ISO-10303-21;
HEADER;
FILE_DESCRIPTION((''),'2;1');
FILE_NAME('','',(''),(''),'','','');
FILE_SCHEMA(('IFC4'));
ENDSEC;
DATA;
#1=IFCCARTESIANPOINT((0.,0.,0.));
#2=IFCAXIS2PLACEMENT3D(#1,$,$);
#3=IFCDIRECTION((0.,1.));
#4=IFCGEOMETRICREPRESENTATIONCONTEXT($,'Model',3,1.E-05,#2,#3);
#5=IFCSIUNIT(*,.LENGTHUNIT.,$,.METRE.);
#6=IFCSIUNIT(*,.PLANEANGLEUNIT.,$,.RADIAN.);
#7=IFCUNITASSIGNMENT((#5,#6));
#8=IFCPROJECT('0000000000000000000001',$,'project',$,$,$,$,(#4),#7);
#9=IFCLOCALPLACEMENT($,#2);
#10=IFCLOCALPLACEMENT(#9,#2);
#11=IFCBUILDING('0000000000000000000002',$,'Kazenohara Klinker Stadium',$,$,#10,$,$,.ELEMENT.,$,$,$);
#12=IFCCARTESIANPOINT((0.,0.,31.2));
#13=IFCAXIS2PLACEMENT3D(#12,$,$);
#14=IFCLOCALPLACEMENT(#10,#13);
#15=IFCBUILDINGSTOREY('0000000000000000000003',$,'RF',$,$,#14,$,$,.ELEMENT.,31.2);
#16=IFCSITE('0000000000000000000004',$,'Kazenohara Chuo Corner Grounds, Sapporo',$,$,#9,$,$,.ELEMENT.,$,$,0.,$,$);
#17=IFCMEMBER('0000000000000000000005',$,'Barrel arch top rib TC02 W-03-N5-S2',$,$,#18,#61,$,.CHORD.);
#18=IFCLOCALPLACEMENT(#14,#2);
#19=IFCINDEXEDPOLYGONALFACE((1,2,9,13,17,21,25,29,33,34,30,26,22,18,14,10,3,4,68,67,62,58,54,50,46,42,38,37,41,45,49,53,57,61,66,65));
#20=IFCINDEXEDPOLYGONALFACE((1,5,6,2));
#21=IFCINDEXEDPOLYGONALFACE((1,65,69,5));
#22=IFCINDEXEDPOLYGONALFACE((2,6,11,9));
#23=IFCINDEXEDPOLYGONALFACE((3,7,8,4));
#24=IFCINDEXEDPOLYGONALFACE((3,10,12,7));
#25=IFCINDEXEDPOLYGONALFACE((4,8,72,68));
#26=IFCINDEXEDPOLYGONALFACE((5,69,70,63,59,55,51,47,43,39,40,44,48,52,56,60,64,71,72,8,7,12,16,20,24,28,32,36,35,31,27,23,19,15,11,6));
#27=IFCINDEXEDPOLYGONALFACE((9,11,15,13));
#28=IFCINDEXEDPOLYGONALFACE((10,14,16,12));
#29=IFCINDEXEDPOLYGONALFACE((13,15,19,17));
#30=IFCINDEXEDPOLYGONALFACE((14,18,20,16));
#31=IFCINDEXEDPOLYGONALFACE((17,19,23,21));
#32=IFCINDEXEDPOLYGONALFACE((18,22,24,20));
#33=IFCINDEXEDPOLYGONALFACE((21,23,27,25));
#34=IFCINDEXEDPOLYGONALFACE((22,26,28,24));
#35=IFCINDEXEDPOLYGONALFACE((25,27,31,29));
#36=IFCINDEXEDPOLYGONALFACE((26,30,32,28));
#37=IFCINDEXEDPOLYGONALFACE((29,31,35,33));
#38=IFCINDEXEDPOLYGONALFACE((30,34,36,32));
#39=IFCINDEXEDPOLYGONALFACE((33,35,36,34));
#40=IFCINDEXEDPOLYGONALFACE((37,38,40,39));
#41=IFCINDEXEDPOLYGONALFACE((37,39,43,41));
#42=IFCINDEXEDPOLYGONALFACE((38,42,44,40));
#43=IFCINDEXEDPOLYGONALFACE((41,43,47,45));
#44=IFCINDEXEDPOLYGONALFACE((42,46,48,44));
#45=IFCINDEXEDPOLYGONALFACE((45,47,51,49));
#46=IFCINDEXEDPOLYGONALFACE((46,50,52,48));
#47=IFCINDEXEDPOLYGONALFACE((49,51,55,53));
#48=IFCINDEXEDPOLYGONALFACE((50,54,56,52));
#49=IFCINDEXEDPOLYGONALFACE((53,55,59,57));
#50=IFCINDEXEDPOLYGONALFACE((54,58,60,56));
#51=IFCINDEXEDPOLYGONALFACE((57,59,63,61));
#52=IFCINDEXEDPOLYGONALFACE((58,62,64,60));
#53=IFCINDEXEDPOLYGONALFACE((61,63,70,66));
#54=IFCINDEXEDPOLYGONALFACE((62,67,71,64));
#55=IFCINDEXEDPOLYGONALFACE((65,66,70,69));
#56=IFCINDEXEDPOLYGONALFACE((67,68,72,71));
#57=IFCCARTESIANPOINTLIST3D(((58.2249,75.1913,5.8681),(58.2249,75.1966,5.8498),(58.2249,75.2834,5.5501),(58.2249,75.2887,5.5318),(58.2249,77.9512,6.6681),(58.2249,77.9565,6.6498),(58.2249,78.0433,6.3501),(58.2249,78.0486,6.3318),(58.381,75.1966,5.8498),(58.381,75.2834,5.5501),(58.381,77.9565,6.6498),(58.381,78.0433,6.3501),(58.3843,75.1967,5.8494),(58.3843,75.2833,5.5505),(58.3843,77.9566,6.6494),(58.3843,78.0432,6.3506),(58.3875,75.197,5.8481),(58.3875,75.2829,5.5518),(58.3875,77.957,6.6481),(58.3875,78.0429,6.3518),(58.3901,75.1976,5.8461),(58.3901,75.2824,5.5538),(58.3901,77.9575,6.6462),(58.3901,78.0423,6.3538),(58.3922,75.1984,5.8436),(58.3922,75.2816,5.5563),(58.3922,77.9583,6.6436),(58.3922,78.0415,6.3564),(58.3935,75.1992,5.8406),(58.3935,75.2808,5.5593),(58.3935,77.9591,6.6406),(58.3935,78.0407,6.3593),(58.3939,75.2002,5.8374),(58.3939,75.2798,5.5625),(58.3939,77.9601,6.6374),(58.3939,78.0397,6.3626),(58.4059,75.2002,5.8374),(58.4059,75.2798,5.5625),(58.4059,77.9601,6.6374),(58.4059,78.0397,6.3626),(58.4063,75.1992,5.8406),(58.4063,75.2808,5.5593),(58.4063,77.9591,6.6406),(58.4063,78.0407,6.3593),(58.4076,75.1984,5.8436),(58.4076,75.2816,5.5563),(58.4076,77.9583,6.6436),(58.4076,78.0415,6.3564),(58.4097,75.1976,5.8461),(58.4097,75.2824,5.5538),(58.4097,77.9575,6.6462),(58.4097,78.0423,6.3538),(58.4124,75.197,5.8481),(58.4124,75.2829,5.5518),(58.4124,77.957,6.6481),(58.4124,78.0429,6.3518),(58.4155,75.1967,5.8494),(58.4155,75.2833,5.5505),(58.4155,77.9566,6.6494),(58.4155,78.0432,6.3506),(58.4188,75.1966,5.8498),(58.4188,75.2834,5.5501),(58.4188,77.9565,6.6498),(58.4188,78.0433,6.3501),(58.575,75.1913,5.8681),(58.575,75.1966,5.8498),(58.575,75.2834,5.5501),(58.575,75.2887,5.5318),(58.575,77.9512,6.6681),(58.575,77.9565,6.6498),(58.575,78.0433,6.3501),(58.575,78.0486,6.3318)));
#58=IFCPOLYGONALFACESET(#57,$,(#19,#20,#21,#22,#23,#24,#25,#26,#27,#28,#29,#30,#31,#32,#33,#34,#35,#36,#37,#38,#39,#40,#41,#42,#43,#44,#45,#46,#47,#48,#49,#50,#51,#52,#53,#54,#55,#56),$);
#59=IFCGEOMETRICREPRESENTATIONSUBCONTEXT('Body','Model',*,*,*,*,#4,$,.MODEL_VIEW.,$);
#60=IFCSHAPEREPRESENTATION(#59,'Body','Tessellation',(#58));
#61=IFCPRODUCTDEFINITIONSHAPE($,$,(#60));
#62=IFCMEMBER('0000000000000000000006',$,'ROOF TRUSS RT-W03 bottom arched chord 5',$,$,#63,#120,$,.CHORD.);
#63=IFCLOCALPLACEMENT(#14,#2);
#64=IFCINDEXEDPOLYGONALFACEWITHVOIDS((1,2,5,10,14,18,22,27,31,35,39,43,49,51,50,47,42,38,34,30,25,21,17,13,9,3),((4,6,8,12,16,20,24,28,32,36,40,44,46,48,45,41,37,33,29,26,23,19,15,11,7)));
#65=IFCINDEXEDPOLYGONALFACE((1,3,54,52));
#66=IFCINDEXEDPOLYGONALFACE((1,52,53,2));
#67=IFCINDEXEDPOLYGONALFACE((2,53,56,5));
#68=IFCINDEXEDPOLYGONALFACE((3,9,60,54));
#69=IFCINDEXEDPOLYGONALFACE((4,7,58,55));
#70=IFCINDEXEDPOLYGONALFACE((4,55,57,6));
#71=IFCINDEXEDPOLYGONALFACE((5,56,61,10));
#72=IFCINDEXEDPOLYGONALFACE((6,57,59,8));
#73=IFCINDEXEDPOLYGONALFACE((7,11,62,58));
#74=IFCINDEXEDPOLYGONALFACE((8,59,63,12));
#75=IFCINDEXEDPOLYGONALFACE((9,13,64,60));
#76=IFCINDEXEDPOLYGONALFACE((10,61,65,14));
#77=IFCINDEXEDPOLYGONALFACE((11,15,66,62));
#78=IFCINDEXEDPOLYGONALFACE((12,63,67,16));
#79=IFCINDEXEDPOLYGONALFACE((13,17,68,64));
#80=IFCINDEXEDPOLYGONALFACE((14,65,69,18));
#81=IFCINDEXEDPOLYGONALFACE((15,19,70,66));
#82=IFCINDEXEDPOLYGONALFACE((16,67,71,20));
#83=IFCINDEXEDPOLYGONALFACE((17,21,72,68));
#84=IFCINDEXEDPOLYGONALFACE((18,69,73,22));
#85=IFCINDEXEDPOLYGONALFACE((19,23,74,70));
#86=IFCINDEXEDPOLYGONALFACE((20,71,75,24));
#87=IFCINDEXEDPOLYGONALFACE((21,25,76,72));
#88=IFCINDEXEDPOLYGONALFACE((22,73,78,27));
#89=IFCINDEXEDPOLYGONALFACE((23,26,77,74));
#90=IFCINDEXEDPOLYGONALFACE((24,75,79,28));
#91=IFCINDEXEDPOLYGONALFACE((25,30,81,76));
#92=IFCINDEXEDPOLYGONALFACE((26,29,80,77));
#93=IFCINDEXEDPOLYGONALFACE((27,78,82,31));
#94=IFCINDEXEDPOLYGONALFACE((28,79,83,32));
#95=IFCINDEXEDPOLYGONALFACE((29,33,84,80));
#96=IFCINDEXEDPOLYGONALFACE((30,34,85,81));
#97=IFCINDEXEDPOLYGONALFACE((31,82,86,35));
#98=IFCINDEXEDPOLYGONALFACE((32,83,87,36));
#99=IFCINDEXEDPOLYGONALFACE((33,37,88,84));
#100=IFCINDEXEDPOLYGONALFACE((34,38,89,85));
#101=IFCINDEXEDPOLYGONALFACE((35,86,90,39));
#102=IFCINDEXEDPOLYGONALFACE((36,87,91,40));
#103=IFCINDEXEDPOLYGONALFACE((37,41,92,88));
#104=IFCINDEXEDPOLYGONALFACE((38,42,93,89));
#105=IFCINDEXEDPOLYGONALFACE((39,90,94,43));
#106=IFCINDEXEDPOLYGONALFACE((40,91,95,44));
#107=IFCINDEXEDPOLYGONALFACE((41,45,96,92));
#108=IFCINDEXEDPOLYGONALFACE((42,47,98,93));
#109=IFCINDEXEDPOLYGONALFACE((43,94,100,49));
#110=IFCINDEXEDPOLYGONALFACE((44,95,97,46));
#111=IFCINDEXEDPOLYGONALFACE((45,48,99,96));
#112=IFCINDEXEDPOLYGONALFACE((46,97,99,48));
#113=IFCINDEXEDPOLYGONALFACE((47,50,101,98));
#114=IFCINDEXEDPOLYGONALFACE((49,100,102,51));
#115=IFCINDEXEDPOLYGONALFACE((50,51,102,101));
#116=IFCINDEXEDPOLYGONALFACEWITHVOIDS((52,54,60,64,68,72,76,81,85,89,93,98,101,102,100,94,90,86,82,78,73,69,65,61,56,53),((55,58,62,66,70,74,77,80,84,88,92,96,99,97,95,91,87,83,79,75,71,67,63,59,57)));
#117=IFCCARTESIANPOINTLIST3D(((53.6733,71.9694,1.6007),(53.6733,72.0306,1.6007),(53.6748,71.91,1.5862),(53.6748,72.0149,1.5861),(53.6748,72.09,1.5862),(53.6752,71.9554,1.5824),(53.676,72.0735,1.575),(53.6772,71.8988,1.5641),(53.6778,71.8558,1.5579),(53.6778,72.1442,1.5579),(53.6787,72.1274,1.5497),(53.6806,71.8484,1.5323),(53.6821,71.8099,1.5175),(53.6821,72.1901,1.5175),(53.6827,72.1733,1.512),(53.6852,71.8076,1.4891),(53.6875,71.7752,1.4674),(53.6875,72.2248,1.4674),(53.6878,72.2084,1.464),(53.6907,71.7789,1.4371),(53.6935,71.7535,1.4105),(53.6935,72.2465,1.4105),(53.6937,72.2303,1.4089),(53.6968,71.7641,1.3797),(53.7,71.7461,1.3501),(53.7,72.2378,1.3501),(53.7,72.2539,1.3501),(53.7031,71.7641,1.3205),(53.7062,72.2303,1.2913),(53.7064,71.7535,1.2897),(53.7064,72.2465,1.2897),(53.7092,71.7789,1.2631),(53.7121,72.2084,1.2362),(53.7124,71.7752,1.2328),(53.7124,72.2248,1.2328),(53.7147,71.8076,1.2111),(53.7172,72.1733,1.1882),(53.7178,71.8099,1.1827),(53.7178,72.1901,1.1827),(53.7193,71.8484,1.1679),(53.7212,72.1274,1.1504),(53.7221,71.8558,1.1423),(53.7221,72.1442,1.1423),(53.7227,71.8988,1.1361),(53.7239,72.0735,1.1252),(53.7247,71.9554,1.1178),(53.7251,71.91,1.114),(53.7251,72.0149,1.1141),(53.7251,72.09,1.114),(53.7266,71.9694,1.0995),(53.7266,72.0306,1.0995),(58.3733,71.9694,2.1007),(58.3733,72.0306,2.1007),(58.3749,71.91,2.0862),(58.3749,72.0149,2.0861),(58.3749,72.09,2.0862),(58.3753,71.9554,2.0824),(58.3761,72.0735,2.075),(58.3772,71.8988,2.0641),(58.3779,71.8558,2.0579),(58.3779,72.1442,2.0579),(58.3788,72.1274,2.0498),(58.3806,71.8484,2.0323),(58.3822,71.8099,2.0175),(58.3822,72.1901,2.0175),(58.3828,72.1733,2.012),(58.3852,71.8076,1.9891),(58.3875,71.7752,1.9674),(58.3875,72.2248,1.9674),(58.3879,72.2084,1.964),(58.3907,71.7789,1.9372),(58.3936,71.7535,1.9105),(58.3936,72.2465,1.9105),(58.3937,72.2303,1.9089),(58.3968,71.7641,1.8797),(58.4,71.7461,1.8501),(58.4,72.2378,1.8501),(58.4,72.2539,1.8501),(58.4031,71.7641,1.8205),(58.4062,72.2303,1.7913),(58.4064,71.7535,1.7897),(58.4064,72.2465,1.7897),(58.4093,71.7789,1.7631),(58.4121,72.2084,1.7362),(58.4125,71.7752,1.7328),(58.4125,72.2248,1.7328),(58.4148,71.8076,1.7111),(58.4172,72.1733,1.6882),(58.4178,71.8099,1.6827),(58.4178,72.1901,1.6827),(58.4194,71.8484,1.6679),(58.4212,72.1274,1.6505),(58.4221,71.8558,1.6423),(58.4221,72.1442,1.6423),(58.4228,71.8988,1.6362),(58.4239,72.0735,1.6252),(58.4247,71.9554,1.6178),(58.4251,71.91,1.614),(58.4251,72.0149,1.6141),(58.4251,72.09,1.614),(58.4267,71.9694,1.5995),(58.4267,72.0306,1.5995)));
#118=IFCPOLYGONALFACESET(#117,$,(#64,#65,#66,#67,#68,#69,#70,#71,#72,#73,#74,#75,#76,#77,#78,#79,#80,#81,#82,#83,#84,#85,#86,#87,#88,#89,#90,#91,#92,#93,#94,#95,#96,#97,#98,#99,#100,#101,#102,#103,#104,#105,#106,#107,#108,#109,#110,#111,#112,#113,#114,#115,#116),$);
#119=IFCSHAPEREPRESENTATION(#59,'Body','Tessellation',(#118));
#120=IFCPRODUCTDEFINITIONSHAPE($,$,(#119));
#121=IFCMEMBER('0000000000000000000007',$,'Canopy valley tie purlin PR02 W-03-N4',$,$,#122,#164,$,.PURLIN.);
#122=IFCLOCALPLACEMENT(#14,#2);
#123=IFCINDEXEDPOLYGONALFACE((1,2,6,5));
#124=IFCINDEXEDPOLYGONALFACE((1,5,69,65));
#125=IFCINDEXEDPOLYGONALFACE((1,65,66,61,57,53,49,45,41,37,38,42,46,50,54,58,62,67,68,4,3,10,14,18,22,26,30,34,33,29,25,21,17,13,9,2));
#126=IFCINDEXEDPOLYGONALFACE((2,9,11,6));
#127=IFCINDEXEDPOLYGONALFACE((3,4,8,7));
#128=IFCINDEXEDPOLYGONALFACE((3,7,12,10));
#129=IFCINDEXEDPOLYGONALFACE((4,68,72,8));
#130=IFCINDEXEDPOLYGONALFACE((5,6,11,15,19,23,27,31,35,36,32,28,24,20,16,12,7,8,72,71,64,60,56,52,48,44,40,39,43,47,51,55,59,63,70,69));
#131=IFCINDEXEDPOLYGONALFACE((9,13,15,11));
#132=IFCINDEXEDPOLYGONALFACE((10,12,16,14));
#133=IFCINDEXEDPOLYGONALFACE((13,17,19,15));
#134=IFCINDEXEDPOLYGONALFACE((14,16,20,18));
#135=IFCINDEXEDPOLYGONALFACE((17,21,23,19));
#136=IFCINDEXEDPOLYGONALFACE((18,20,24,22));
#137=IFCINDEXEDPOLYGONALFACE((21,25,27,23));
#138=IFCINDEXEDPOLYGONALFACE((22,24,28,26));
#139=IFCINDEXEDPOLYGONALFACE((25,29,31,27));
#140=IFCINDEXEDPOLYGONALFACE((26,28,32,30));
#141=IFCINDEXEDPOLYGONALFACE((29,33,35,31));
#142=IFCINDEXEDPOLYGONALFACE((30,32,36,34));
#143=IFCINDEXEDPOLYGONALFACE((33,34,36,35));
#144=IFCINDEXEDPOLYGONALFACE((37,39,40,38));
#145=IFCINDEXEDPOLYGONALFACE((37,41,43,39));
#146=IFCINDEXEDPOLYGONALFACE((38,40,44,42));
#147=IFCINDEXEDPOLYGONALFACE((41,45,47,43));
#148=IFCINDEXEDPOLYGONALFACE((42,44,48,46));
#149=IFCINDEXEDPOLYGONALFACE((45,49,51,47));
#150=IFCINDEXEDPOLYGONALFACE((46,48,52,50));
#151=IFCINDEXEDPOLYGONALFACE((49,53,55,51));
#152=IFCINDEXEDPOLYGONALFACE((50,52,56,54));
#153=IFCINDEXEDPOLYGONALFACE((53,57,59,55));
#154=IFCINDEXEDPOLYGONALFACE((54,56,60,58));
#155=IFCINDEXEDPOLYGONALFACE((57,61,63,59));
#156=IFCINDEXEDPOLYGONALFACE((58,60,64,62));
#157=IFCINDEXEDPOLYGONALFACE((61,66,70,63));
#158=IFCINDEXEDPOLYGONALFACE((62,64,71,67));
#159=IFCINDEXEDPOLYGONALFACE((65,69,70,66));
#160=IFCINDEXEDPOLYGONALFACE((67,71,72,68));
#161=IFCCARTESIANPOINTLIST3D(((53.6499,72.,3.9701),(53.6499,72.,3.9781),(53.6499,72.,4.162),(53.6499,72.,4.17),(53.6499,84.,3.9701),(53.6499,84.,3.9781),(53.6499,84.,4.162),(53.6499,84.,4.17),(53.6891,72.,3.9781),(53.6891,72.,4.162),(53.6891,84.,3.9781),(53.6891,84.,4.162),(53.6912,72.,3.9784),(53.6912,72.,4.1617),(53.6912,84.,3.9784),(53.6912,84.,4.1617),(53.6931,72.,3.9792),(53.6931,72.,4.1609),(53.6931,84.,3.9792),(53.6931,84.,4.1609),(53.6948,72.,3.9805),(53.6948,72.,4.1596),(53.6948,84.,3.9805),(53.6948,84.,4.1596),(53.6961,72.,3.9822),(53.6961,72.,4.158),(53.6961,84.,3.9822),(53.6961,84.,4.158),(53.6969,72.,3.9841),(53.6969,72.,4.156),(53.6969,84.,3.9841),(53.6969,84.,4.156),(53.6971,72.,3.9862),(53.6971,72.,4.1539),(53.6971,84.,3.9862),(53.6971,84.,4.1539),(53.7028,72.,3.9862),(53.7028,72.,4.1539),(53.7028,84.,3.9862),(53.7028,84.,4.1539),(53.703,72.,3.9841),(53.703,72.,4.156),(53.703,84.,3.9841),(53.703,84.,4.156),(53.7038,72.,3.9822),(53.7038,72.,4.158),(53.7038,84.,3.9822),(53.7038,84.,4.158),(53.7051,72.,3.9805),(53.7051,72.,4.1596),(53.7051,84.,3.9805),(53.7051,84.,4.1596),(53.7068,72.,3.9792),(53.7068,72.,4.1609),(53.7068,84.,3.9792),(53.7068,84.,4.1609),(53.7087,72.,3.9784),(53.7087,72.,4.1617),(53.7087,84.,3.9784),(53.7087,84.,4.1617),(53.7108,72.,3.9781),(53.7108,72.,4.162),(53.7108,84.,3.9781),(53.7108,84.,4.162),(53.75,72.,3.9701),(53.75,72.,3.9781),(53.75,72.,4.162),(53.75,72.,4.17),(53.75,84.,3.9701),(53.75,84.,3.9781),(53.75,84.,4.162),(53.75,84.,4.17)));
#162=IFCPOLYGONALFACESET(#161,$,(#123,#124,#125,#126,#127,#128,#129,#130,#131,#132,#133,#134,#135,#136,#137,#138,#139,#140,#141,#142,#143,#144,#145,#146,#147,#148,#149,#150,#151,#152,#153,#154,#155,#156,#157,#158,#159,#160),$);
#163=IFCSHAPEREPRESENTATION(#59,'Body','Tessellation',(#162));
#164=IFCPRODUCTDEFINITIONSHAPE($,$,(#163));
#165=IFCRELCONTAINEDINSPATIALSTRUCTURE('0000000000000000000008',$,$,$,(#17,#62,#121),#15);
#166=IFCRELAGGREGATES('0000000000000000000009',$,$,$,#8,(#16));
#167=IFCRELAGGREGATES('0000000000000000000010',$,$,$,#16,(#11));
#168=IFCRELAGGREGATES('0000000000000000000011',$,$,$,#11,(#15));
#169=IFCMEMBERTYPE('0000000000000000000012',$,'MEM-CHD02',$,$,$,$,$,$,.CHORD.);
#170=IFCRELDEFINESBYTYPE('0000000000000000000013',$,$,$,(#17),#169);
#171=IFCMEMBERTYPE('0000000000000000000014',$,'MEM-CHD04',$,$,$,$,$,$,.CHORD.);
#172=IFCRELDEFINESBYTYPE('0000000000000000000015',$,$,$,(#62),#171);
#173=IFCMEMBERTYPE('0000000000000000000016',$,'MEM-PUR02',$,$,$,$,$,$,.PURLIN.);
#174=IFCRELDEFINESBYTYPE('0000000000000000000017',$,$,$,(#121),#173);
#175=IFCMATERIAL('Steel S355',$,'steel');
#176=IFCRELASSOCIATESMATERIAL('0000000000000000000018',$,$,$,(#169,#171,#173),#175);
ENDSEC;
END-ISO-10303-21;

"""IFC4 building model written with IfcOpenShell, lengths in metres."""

from ifc_helpers import new_model, si_unit, direction, frame, origin, origin_2d, place, context, subcontext, project, spatial, hollow_circle, i_section, extrude, material, material_profile, profile_set, type_object, element, save


model = new_model("IFC4")

# Units and contexts
model_context = context("Model", 3, precision=1e-05, world=origin(), true_north=direction((0.0, 1.0)))
body_context = subcontext(model_context, "Body", "Model", "MODEL_VIEW")
ifc_project = project(units=[si_unit("LENGTHUNIT", "METRE"), si_unit("PLANEANGLEUNIT", "RADIAN")], contexts=[model_context])

# Site, building, storey
site_placement = place(None, origin())
site = spatial("IfcSite", under=ifc_project, at=site_placement, Name="Kazenohara Chuo Corner Grounds, Sapporo", CompositionType="ELEMENT", RefElevation=0.0)
building_placement = place(site_placement, origin())
building = spatial("IfcBuilding", under=site, at=building_placement, Name="Kazenohara Klinker Stadium", CompositionType="ELEMENT")
storey_placement = place(building_placement, frame((0.0, 0.0, 31.2)))
storey = spatial("IfcBuildingStorey", under=building, at=storey_placement, Name="RF", CompositionType="ELEMENT", Elevation=31.2)

# Members
ifc_material_1 = material(Name="Steel S355", Category="steel")
ifc_material_profile_1 = material_profile(ifc_material_1, i_section(OverallWidth=0.3501, OverallDepth=0.3501, WebThickness=0.012, FlangeThickness=0.019, FilletRadius=0.0129, at=origin_2d()), Name="H-350x350x12x19")
ifc_profile_set_1 = profile_set([ifc_material_profile_1], Name="Steel S355")
member_type_1 = type_object("IfcMemberType", Name="MEM-CHD02", PredefinedType="CHORD", material=ifc_profile_set_1)
member_1_placement = place(storey_placement, frame((58.3999, 75.24, 5.7), z_axis=(0.0, 0.960462, 0.278411), x_axis=(-1.0, 0.0, 0.0)))
element("IfcMember", 1, at=member_1_placement, inside=storey, type_object=member_type_1, Name="Barrel arch top rib TC02 W-03-N5-S2", PredefinedType="CHORD", context=body_context, shape_type="SweptSolid", body=[
    extrude(i_section(OverallWidth=0.3501, OverallDepth=0.3501, WebThickness=0.012, FlangeThickness=0.019, FilletRadius=0.0129, at=origin_2d()), origin(), (0.0, 0.0, 1.0), 2.8735),
])
ifc_material_profile_2 = material_profile(ifc_material_1, hollow_circle(Radius=0.2539, WallThickness=0.0161, at=origin_2d()), Name="CHS-508.0x16")
ifc_profile_set_2 = profile_set([ifc_material_profile_2], Name="Steel S355")
member_type_2 = type_object("IfcMemberType", Name="MEM-CHD04", PredefinedType="CHORD", material=ifc_profile_set_2)
member_2_placement = place(storey_placement, frame((53.7, 72.0, 1.3501), z_axis=(0.994389, 0.0, 0.105787), x_axis=(0.0, 1.0, 0.0)))
element("IfcMember", 2, at=member_2_placement, inside=storey, type_object=member_type_2, Name="ROOF TRUSS RT-W03 bottom arched chord 5", PredefinedType="CHORD", context=body_context, shape_type="SweptSolid", body=[
    extrude(hollow_circle(Radius=0.2539, WallThickness=0.0161, at=origin_2d()), origin(), (0.0, 0.0, 1.0), 4.7266),
])
ifc_material_profile_3 = material_profile(ifc_material_1, i_section(OverallWidth=0.1001, OverallDepth=0.2, WebThickness=0.0056, FlangeThickness=0.0081, FilletRadius=0.0081, at=origin_2d()), Name="H-200x100x5.5x8")
ifc_profile_set_3 = profile_set([ifc_material_profile_3], Name="Steel S355")
member_type_3 = type_object("IfcMemberType", Name="MEM-PUR02", PredefinedType="PURLIN", material=ifc_profile_set_3)
member_3_placement = place(storey_placement, frame((53.7, 72.0, 4.0701), z_axis=(0.0, 1.0, 0.0), x_axis=(-1.0, 0.0, 0.0)))
element("IfcMember", 3, at=member_3_placement, inside=storey, type_object=member_type_3, Name="Canopy valley tie purlin PR02 W-03-N4", PredefinedType="PURLIN", context=body_context, shape_type="SweptSolid", body=[
    extrude(i_section(OverallWidth=0.1001, OverallDepth=0.2, WebThickness=0.0056, FlangeThickness=0.0081, FilletRadius=0.0081, at=origin_2d()), origin(), (0.0, 0.0, 1.0), 12.0),
])

save(model, "model.ifc")
